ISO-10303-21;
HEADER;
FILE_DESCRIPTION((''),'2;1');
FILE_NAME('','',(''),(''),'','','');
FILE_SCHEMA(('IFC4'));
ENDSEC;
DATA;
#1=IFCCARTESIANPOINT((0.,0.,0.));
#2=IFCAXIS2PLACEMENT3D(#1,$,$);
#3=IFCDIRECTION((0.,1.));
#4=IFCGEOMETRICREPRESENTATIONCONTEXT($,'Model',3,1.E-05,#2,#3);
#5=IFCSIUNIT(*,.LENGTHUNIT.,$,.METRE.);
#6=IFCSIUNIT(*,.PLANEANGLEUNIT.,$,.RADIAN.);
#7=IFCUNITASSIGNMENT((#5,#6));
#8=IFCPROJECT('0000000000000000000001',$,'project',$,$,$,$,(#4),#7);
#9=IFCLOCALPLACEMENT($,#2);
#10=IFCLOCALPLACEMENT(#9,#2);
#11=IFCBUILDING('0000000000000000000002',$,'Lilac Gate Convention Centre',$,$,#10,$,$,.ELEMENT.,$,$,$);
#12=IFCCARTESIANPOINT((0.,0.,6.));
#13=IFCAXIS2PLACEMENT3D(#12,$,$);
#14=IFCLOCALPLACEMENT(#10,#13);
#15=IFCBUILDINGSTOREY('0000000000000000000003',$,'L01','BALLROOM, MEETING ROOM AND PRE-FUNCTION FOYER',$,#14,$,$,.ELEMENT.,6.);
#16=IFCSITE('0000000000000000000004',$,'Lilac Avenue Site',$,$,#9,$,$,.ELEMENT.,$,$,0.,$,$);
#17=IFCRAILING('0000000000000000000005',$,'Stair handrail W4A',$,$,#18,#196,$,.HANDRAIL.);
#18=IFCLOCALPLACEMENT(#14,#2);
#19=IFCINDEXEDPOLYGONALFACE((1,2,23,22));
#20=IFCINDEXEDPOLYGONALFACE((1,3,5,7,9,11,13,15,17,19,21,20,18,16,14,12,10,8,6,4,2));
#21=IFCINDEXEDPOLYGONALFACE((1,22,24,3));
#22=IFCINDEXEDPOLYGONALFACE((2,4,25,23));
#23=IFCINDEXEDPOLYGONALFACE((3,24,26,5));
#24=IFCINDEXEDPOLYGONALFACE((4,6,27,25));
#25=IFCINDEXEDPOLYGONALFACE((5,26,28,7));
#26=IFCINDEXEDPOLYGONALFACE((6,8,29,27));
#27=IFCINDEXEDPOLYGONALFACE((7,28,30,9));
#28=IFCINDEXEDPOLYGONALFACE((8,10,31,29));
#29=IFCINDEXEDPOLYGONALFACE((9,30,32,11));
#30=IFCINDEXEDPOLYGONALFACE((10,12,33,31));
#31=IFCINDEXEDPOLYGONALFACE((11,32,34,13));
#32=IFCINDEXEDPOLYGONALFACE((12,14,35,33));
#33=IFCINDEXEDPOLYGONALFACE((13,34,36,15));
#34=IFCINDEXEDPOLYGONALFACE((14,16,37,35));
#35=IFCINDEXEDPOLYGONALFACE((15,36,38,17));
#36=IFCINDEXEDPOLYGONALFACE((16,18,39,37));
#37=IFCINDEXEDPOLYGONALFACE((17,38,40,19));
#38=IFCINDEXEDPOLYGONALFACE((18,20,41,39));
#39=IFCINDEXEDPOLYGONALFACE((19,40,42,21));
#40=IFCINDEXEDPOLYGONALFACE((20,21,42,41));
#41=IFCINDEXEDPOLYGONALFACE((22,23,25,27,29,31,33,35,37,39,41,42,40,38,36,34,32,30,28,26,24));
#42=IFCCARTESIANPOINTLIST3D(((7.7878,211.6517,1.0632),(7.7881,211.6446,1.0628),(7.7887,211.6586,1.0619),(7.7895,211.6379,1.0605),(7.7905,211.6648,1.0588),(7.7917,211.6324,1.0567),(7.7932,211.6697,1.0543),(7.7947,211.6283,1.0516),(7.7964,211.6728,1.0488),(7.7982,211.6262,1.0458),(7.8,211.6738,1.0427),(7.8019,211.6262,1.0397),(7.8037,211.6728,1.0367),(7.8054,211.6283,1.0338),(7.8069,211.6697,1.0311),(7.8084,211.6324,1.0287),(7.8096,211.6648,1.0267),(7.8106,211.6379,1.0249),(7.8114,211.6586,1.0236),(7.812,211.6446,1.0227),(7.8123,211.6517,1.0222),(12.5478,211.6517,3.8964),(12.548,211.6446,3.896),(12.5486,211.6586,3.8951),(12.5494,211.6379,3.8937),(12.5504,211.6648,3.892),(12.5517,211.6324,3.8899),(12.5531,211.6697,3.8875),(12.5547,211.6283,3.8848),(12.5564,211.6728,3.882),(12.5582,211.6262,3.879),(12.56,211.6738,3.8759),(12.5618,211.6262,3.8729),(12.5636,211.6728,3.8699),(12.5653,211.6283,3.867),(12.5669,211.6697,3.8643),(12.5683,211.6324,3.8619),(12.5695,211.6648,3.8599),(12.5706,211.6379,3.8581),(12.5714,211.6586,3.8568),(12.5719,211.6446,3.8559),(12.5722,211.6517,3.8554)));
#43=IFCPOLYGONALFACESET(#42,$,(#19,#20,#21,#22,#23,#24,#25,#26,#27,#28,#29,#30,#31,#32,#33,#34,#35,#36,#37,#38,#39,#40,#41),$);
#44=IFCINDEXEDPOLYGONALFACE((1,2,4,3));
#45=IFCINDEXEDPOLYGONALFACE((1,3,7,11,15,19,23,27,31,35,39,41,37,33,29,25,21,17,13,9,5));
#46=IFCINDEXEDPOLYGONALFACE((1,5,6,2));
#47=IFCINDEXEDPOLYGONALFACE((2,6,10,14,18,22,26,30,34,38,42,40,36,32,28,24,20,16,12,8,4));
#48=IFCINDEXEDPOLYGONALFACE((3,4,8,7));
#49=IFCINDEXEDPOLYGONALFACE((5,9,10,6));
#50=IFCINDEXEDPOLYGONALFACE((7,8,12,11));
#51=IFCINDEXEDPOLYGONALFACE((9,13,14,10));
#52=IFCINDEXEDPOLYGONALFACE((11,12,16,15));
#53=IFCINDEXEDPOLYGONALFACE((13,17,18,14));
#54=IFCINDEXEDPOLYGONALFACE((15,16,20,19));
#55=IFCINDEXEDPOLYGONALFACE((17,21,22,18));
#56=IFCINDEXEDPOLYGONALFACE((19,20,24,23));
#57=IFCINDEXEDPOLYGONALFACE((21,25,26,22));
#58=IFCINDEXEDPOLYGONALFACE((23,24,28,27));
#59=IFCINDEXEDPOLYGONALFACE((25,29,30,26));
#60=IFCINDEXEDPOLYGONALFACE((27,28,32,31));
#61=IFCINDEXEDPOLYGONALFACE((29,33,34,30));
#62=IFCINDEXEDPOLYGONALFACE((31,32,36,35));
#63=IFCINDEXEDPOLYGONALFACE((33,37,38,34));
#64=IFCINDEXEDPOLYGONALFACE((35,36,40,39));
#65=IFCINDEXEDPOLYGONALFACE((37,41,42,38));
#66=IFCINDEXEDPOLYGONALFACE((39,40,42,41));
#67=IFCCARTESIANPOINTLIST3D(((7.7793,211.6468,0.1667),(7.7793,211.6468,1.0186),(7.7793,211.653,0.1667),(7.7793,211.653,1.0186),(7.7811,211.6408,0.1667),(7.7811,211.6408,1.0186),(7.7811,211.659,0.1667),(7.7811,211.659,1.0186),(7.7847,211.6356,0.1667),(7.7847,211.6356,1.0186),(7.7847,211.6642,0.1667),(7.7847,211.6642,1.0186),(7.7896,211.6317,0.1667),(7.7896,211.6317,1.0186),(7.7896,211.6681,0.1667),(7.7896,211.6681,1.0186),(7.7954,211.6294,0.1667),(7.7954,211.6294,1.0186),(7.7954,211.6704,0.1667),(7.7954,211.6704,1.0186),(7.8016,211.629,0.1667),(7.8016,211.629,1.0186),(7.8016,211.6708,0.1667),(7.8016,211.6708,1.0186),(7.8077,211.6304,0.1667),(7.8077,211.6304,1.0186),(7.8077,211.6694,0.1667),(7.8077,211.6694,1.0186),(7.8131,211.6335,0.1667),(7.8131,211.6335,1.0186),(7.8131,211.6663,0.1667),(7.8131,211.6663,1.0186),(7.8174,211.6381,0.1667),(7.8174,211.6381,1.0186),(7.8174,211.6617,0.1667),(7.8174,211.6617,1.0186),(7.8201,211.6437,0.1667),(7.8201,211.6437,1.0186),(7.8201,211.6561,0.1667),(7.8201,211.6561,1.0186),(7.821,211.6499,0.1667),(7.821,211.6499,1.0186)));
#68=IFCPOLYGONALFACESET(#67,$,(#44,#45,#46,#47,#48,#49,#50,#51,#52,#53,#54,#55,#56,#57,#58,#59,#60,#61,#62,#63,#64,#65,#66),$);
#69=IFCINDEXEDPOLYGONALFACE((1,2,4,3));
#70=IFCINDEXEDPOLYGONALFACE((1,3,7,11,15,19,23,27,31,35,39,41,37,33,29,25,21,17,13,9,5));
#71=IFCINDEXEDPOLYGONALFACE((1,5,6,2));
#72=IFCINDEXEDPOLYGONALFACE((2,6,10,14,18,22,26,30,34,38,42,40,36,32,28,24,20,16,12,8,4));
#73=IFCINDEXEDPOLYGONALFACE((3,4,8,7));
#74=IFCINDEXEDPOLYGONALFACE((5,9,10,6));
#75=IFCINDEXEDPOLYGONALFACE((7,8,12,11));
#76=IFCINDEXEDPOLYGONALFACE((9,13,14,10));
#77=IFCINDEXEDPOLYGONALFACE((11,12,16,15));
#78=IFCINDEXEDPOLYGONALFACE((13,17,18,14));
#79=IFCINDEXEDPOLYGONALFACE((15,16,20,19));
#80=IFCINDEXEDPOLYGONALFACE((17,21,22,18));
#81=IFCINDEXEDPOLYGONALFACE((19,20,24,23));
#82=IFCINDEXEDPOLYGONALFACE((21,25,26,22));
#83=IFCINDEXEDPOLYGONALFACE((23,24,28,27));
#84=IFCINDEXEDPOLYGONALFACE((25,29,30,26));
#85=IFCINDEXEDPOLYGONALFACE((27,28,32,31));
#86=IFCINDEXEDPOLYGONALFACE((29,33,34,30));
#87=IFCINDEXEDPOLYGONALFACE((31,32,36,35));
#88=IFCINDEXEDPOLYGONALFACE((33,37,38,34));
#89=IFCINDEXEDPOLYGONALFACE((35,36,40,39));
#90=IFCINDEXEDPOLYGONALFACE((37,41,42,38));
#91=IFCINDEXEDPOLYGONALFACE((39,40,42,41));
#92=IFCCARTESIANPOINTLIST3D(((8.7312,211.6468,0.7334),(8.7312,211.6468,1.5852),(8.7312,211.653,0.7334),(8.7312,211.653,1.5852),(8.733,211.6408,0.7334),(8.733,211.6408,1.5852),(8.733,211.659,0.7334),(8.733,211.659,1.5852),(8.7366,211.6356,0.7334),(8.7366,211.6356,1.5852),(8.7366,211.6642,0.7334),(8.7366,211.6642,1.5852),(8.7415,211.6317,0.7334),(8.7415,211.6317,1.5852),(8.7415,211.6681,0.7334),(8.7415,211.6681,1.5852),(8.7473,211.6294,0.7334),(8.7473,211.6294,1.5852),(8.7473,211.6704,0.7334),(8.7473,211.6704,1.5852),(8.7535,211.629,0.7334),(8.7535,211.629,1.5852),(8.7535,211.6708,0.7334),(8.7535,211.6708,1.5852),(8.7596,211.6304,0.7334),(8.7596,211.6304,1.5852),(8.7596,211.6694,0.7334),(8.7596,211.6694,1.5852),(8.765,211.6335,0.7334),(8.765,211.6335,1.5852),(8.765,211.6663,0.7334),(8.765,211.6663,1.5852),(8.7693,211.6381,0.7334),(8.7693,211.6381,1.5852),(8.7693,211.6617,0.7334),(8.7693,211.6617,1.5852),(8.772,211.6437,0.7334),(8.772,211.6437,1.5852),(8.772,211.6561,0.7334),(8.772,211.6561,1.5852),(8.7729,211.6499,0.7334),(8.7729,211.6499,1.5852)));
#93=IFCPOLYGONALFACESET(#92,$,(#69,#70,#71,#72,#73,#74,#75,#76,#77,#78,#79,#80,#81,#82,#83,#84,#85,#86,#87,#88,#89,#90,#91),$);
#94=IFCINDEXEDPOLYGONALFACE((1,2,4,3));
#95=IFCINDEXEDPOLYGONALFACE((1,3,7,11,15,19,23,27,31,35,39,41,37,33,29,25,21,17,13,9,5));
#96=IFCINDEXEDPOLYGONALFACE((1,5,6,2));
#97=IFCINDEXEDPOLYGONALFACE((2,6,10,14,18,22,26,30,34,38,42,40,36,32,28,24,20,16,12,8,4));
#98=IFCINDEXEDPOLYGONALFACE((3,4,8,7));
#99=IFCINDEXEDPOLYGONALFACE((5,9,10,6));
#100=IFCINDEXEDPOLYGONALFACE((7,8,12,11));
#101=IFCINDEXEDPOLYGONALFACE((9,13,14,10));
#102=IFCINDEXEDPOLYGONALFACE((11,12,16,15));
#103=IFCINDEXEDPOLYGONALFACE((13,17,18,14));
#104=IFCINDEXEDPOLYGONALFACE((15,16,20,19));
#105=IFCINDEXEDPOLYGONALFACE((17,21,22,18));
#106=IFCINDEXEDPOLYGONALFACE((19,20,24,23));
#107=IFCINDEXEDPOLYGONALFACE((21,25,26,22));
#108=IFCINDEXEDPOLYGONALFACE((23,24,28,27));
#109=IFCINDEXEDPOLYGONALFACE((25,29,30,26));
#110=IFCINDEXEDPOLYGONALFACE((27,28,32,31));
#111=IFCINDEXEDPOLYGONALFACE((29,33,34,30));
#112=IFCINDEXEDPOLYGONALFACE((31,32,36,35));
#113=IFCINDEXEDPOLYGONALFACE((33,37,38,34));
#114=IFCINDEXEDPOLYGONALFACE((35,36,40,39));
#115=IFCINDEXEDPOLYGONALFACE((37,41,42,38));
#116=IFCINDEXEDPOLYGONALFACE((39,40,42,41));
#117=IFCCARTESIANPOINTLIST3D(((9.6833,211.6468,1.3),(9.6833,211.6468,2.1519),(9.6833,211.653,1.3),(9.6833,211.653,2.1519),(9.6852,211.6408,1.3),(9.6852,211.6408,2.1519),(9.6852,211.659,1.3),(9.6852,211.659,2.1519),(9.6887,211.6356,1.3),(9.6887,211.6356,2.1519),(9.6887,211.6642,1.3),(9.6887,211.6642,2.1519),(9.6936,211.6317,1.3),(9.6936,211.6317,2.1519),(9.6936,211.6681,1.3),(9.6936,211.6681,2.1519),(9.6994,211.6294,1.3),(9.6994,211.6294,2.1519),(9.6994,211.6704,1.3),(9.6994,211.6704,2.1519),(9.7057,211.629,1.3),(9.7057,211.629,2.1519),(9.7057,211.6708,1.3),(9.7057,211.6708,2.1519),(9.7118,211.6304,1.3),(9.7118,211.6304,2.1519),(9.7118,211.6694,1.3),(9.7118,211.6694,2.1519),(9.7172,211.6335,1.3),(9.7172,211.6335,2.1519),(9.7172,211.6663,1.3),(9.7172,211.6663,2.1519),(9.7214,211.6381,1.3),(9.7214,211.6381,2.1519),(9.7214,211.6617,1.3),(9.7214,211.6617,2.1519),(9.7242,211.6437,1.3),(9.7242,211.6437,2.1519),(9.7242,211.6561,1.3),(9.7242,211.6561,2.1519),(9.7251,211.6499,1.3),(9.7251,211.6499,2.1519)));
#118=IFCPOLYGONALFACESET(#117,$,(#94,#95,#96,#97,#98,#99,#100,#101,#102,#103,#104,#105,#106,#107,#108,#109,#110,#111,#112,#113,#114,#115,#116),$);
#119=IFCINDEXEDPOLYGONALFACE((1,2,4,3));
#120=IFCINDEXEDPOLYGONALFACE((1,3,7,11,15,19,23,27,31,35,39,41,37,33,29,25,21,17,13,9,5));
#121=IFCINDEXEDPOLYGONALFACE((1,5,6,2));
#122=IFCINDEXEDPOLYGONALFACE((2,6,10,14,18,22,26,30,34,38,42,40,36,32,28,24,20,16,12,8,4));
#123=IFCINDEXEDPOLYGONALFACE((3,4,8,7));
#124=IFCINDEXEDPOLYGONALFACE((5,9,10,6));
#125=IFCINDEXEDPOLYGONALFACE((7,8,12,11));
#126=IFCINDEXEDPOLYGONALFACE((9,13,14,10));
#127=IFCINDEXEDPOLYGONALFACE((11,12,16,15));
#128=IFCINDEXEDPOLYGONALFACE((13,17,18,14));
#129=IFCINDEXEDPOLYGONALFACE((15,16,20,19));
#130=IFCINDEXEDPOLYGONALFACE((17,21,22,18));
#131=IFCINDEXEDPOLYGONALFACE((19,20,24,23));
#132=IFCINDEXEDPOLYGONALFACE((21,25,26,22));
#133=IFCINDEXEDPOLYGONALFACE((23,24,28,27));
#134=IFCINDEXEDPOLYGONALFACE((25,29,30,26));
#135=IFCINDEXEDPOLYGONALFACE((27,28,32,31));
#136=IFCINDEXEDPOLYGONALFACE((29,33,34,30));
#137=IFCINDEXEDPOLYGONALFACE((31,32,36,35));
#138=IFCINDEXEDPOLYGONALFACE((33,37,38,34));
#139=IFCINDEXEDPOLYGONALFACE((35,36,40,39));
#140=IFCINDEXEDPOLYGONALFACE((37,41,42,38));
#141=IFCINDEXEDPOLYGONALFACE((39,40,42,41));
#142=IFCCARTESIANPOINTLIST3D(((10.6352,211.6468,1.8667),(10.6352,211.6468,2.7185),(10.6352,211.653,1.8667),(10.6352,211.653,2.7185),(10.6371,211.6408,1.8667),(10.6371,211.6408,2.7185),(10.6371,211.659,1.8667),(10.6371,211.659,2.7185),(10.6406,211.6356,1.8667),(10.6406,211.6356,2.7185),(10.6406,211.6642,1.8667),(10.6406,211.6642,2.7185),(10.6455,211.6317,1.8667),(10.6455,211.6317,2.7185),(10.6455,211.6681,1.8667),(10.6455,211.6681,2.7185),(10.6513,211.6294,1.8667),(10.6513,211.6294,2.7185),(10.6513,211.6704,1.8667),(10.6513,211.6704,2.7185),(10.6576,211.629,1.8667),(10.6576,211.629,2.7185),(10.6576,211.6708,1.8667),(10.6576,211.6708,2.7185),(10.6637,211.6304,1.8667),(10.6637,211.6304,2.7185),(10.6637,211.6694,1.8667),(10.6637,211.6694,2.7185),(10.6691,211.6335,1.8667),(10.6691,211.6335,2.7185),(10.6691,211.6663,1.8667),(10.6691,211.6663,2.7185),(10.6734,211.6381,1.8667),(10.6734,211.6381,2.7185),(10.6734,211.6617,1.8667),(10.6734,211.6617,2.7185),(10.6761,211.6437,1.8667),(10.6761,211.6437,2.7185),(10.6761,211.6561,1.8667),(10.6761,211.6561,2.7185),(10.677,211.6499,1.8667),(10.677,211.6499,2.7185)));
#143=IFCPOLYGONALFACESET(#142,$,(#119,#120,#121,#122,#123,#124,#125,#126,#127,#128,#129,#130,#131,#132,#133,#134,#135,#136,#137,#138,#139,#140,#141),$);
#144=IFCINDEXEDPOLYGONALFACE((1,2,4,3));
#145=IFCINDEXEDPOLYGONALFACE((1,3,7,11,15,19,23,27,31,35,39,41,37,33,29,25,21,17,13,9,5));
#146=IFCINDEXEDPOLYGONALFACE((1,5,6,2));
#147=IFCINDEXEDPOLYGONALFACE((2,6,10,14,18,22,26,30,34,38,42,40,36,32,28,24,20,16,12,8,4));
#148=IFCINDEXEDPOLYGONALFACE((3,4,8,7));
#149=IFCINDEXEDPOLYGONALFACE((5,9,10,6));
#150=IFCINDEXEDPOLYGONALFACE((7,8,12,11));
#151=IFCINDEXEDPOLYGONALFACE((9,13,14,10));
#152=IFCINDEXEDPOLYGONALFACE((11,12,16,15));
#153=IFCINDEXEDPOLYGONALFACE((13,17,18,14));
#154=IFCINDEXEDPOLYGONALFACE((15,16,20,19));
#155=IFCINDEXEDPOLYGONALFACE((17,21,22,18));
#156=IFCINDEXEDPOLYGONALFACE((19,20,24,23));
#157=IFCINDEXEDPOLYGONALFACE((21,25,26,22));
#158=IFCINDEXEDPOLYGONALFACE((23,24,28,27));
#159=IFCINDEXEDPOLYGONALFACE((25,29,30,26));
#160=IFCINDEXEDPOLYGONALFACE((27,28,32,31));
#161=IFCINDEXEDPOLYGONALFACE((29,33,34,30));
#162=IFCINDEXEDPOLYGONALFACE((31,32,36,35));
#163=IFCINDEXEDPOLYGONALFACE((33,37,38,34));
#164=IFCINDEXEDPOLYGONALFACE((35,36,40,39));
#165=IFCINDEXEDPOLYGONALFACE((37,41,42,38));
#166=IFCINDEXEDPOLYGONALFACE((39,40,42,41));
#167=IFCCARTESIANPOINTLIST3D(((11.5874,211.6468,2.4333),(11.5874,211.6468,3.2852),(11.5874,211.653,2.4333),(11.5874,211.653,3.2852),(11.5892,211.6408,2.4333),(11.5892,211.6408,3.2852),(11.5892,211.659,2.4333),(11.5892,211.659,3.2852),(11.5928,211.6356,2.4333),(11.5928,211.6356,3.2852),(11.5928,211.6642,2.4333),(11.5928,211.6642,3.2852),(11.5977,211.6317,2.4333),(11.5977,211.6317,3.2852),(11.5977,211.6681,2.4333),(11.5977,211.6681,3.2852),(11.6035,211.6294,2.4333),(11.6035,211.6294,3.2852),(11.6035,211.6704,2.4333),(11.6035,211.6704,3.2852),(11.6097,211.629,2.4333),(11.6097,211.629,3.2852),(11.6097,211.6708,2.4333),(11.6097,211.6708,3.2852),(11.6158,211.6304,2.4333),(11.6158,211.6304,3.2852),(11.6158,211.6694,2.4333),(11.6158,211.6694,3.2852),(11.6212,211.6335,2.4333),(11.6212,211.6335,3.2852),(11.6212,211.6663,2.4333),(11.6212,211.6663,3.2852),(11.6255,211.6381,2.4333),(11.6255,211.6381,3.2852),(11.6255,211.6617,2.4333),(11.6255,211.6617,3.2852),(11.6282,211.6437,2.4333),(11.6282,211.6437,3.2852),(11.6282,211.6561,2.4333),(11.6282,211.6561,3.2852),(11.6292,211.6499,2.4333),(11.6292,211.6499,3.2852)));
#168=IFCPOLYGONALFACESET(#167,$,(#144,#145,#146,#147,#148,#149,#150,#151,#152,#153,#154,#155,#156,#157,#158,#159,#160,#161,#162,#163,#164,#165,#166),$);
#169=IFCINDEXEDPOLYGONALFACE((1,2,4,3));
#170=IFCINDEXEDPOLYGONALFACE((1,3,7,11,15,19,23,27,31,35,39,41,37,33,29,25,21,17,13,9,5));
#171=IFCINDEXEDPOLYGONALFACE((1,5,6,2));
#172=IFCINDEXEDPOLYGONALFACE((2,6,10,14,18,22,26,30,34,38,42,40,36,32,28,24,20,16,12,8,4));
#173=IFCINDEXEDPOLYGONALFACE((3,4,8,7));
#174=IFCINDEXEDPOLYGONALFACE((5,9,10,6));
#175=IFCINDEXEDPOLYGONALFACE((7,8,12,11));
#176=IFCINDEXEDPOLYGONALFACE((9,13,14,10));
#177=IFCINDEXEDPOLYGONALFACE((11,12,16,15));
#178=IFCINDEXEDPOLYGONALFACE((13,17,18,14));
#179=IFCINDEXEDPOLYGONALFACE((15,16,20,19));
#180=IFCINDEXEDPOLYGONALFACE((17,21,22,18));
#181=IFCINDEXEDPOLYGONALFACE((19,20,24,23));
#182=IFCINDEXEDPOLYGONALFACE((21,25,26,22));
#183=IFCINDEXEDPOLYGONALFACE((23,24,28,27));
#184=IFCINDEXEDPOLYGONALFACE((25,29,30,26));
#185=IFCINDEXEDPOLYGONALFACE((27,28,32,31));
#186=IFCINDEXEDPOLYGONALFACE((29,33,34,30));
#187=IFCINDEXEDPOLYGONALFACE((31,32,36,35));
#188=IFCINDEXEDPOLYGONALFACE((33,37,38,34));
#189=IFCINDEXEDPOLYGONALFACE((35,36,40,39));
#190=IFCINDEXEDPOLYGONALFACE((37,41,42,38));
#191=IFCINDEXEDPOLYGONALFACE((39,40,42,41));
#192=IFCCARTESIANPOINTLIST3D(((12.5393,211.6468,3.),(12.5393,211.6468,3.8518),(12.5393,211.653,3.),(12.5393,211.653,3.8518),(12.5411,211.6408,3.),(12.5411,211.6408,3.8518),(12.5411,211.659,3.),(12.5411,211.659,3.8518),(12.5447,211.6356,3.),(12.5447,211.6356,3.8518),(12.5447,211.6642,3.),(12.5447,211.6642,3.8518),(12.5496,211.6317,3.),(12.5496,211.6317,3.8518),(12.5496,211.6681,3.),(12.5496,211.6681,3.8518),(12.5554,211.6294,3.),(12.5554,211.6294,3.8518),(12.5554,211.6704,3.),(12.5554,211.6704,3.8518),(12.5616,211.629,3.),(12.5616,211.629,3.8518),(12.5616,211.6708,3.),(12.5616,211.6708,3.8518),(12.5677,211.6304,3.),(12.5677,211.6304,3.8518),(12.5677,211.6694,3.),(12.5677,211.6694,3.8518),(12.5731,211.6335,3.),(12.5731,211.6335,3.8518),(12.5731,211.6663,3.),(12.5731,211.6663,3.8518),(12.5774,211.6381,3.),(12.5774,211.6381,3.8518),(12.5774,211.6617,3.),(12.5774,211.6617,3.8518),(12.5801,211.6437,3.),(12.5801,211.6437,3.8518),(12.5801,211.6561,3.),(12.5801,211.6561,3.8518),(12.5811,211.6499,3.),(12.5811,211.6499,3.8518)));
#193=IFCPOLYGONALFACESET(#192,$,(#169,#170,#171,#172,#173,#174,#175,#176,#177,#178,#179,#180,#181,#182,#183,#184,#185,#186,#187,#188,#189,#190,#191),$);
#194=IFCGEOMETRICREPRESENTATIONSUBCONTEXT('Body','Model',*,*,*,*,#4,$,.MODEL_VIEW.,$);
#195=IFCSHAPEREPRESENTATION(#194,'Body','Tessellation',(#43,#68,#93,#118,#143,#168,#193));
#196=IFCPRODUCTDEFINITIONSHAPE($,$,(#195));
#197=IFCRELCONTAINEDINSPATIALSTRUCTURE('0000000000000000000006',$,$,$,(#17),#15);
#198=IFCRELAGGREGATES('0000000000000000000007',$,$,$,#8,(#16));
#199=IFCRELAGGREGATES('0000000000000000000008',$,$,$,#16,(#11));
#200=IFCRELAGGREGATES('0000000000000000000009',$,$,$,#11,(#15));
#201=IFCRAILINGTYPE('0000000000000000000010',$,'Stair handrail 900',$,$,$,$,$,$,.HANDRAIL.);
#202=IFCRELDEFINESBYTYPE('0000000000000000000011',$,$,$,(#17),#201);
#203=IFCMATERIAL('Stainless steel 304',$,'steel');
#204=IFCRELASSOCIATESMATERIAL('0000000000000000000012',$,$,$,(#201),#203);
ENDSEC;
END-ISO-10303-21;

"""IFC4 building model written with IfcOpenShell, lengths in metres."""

from ifc_helpers import new_model, si_unit, direction, frame, origin, origin_2d, place, context, subcontext, project, spatial, circle, extrude, material, type_object, element, save


model = new_model("IFC4")

# Units and contexts
model_context = context("Model", 3, precision=1e-05, world=origin(), true_north=direction((0.0, 1.0)))
body_context = subcontext(model_context, "Body", "Model", "MODEL_VIEW")
ifc_project = project(units=[si_unit("LENGTHUNIT", "METRE"), si_unit("PLANEANGLEUNIT", "RADIAN")], contexts=[model_context])

# Site, building, storey
site_placement = place(None, origin())
site = spatial("IfcSite", under=ifc_project, at=site_placement, Name="Lilac Avenue Site", CompositionType="ELEMENT", RefElevation=0.0)
building_placement = place(site_placement, origin())
building = spatial("IfcBuilding", under=site, at=building_placement, Name="Lilac Gate Convention Centre", CompositionType="ELEMENT")
storey_placement = place(building_placement, frame((0.0, 0.0, 6.0)))
storey = spatial("IfcBuildingStorey", under=building, at=storey_placement, Name="L01", Description="BALLROOM, MEETING ROOM AND PRE-FUNCTION FOYER", CompositionType="ELEMENT", Elevation=6.0)

# Shared definitions
ifc_material_1 = material(Name="Stainless steel 304", Category="steel")

# Railing
railing_type = type_object("IfcRailingType", Name="Stair handrail 900", PredefinedType="HANDRAIL", material=ifc_material_1)
for number, where, name in (
    (1, (7.8, 211.6499, 0.1667), "Stair handrail W4A"),
):
    element("IfcRailing", number, at=place(storey_placement, frame(where)), inside=storey, type_object=railing_type, Name=name, PredefinedType="HANDRAIL", context=body_context, shape_type="SweptSolid", body=[
        extrude(circle(Radius=0.0239, at=origin_2d()), frame((0.0, 0.0, 0.876), z_axis=(0.8593, 0.0, 0.511472), x_axis=(0.0, 1.0, 0.0)), (0.0, 0.0, 1.0), 5.5393),
        extrude(circle(Radius=0.021, at=origin_2d()), origin(), (0.0, 0.0, 1.0), 0.8518),
        extrude(circle(Radius=0.021, at=origin_2d()), frame((0.9519, 0.0, 0.5667)), (0.0, 0.0, 1.0), 0.8518),
        extrude(circle(Radius=0.021, at=origin_2d()), frame((1.9041, 0.0, 1.1333)), (0.0, 0.0, 1.0), 0.8518),
        extrude(circle(Radius=0.021, at=origin_2d()), frame((2.856, 0.0, 1.7)), (0.0, 0.0, 1.0), 0.8518),
        extrude(circle(Radius=0.021, at=origin_2d()), frame((3.8081, 0.0, 2.2666)), (0.0, 0.0, 1.0), 0.8518),
        extrude(circle(Radius=0.021, at=origin_2d()), frame((4.76, 0.0, 2.8333)), (0.0, 0.0, 1.0), 0.8518),
    ])

save(model, "model.ifc")
